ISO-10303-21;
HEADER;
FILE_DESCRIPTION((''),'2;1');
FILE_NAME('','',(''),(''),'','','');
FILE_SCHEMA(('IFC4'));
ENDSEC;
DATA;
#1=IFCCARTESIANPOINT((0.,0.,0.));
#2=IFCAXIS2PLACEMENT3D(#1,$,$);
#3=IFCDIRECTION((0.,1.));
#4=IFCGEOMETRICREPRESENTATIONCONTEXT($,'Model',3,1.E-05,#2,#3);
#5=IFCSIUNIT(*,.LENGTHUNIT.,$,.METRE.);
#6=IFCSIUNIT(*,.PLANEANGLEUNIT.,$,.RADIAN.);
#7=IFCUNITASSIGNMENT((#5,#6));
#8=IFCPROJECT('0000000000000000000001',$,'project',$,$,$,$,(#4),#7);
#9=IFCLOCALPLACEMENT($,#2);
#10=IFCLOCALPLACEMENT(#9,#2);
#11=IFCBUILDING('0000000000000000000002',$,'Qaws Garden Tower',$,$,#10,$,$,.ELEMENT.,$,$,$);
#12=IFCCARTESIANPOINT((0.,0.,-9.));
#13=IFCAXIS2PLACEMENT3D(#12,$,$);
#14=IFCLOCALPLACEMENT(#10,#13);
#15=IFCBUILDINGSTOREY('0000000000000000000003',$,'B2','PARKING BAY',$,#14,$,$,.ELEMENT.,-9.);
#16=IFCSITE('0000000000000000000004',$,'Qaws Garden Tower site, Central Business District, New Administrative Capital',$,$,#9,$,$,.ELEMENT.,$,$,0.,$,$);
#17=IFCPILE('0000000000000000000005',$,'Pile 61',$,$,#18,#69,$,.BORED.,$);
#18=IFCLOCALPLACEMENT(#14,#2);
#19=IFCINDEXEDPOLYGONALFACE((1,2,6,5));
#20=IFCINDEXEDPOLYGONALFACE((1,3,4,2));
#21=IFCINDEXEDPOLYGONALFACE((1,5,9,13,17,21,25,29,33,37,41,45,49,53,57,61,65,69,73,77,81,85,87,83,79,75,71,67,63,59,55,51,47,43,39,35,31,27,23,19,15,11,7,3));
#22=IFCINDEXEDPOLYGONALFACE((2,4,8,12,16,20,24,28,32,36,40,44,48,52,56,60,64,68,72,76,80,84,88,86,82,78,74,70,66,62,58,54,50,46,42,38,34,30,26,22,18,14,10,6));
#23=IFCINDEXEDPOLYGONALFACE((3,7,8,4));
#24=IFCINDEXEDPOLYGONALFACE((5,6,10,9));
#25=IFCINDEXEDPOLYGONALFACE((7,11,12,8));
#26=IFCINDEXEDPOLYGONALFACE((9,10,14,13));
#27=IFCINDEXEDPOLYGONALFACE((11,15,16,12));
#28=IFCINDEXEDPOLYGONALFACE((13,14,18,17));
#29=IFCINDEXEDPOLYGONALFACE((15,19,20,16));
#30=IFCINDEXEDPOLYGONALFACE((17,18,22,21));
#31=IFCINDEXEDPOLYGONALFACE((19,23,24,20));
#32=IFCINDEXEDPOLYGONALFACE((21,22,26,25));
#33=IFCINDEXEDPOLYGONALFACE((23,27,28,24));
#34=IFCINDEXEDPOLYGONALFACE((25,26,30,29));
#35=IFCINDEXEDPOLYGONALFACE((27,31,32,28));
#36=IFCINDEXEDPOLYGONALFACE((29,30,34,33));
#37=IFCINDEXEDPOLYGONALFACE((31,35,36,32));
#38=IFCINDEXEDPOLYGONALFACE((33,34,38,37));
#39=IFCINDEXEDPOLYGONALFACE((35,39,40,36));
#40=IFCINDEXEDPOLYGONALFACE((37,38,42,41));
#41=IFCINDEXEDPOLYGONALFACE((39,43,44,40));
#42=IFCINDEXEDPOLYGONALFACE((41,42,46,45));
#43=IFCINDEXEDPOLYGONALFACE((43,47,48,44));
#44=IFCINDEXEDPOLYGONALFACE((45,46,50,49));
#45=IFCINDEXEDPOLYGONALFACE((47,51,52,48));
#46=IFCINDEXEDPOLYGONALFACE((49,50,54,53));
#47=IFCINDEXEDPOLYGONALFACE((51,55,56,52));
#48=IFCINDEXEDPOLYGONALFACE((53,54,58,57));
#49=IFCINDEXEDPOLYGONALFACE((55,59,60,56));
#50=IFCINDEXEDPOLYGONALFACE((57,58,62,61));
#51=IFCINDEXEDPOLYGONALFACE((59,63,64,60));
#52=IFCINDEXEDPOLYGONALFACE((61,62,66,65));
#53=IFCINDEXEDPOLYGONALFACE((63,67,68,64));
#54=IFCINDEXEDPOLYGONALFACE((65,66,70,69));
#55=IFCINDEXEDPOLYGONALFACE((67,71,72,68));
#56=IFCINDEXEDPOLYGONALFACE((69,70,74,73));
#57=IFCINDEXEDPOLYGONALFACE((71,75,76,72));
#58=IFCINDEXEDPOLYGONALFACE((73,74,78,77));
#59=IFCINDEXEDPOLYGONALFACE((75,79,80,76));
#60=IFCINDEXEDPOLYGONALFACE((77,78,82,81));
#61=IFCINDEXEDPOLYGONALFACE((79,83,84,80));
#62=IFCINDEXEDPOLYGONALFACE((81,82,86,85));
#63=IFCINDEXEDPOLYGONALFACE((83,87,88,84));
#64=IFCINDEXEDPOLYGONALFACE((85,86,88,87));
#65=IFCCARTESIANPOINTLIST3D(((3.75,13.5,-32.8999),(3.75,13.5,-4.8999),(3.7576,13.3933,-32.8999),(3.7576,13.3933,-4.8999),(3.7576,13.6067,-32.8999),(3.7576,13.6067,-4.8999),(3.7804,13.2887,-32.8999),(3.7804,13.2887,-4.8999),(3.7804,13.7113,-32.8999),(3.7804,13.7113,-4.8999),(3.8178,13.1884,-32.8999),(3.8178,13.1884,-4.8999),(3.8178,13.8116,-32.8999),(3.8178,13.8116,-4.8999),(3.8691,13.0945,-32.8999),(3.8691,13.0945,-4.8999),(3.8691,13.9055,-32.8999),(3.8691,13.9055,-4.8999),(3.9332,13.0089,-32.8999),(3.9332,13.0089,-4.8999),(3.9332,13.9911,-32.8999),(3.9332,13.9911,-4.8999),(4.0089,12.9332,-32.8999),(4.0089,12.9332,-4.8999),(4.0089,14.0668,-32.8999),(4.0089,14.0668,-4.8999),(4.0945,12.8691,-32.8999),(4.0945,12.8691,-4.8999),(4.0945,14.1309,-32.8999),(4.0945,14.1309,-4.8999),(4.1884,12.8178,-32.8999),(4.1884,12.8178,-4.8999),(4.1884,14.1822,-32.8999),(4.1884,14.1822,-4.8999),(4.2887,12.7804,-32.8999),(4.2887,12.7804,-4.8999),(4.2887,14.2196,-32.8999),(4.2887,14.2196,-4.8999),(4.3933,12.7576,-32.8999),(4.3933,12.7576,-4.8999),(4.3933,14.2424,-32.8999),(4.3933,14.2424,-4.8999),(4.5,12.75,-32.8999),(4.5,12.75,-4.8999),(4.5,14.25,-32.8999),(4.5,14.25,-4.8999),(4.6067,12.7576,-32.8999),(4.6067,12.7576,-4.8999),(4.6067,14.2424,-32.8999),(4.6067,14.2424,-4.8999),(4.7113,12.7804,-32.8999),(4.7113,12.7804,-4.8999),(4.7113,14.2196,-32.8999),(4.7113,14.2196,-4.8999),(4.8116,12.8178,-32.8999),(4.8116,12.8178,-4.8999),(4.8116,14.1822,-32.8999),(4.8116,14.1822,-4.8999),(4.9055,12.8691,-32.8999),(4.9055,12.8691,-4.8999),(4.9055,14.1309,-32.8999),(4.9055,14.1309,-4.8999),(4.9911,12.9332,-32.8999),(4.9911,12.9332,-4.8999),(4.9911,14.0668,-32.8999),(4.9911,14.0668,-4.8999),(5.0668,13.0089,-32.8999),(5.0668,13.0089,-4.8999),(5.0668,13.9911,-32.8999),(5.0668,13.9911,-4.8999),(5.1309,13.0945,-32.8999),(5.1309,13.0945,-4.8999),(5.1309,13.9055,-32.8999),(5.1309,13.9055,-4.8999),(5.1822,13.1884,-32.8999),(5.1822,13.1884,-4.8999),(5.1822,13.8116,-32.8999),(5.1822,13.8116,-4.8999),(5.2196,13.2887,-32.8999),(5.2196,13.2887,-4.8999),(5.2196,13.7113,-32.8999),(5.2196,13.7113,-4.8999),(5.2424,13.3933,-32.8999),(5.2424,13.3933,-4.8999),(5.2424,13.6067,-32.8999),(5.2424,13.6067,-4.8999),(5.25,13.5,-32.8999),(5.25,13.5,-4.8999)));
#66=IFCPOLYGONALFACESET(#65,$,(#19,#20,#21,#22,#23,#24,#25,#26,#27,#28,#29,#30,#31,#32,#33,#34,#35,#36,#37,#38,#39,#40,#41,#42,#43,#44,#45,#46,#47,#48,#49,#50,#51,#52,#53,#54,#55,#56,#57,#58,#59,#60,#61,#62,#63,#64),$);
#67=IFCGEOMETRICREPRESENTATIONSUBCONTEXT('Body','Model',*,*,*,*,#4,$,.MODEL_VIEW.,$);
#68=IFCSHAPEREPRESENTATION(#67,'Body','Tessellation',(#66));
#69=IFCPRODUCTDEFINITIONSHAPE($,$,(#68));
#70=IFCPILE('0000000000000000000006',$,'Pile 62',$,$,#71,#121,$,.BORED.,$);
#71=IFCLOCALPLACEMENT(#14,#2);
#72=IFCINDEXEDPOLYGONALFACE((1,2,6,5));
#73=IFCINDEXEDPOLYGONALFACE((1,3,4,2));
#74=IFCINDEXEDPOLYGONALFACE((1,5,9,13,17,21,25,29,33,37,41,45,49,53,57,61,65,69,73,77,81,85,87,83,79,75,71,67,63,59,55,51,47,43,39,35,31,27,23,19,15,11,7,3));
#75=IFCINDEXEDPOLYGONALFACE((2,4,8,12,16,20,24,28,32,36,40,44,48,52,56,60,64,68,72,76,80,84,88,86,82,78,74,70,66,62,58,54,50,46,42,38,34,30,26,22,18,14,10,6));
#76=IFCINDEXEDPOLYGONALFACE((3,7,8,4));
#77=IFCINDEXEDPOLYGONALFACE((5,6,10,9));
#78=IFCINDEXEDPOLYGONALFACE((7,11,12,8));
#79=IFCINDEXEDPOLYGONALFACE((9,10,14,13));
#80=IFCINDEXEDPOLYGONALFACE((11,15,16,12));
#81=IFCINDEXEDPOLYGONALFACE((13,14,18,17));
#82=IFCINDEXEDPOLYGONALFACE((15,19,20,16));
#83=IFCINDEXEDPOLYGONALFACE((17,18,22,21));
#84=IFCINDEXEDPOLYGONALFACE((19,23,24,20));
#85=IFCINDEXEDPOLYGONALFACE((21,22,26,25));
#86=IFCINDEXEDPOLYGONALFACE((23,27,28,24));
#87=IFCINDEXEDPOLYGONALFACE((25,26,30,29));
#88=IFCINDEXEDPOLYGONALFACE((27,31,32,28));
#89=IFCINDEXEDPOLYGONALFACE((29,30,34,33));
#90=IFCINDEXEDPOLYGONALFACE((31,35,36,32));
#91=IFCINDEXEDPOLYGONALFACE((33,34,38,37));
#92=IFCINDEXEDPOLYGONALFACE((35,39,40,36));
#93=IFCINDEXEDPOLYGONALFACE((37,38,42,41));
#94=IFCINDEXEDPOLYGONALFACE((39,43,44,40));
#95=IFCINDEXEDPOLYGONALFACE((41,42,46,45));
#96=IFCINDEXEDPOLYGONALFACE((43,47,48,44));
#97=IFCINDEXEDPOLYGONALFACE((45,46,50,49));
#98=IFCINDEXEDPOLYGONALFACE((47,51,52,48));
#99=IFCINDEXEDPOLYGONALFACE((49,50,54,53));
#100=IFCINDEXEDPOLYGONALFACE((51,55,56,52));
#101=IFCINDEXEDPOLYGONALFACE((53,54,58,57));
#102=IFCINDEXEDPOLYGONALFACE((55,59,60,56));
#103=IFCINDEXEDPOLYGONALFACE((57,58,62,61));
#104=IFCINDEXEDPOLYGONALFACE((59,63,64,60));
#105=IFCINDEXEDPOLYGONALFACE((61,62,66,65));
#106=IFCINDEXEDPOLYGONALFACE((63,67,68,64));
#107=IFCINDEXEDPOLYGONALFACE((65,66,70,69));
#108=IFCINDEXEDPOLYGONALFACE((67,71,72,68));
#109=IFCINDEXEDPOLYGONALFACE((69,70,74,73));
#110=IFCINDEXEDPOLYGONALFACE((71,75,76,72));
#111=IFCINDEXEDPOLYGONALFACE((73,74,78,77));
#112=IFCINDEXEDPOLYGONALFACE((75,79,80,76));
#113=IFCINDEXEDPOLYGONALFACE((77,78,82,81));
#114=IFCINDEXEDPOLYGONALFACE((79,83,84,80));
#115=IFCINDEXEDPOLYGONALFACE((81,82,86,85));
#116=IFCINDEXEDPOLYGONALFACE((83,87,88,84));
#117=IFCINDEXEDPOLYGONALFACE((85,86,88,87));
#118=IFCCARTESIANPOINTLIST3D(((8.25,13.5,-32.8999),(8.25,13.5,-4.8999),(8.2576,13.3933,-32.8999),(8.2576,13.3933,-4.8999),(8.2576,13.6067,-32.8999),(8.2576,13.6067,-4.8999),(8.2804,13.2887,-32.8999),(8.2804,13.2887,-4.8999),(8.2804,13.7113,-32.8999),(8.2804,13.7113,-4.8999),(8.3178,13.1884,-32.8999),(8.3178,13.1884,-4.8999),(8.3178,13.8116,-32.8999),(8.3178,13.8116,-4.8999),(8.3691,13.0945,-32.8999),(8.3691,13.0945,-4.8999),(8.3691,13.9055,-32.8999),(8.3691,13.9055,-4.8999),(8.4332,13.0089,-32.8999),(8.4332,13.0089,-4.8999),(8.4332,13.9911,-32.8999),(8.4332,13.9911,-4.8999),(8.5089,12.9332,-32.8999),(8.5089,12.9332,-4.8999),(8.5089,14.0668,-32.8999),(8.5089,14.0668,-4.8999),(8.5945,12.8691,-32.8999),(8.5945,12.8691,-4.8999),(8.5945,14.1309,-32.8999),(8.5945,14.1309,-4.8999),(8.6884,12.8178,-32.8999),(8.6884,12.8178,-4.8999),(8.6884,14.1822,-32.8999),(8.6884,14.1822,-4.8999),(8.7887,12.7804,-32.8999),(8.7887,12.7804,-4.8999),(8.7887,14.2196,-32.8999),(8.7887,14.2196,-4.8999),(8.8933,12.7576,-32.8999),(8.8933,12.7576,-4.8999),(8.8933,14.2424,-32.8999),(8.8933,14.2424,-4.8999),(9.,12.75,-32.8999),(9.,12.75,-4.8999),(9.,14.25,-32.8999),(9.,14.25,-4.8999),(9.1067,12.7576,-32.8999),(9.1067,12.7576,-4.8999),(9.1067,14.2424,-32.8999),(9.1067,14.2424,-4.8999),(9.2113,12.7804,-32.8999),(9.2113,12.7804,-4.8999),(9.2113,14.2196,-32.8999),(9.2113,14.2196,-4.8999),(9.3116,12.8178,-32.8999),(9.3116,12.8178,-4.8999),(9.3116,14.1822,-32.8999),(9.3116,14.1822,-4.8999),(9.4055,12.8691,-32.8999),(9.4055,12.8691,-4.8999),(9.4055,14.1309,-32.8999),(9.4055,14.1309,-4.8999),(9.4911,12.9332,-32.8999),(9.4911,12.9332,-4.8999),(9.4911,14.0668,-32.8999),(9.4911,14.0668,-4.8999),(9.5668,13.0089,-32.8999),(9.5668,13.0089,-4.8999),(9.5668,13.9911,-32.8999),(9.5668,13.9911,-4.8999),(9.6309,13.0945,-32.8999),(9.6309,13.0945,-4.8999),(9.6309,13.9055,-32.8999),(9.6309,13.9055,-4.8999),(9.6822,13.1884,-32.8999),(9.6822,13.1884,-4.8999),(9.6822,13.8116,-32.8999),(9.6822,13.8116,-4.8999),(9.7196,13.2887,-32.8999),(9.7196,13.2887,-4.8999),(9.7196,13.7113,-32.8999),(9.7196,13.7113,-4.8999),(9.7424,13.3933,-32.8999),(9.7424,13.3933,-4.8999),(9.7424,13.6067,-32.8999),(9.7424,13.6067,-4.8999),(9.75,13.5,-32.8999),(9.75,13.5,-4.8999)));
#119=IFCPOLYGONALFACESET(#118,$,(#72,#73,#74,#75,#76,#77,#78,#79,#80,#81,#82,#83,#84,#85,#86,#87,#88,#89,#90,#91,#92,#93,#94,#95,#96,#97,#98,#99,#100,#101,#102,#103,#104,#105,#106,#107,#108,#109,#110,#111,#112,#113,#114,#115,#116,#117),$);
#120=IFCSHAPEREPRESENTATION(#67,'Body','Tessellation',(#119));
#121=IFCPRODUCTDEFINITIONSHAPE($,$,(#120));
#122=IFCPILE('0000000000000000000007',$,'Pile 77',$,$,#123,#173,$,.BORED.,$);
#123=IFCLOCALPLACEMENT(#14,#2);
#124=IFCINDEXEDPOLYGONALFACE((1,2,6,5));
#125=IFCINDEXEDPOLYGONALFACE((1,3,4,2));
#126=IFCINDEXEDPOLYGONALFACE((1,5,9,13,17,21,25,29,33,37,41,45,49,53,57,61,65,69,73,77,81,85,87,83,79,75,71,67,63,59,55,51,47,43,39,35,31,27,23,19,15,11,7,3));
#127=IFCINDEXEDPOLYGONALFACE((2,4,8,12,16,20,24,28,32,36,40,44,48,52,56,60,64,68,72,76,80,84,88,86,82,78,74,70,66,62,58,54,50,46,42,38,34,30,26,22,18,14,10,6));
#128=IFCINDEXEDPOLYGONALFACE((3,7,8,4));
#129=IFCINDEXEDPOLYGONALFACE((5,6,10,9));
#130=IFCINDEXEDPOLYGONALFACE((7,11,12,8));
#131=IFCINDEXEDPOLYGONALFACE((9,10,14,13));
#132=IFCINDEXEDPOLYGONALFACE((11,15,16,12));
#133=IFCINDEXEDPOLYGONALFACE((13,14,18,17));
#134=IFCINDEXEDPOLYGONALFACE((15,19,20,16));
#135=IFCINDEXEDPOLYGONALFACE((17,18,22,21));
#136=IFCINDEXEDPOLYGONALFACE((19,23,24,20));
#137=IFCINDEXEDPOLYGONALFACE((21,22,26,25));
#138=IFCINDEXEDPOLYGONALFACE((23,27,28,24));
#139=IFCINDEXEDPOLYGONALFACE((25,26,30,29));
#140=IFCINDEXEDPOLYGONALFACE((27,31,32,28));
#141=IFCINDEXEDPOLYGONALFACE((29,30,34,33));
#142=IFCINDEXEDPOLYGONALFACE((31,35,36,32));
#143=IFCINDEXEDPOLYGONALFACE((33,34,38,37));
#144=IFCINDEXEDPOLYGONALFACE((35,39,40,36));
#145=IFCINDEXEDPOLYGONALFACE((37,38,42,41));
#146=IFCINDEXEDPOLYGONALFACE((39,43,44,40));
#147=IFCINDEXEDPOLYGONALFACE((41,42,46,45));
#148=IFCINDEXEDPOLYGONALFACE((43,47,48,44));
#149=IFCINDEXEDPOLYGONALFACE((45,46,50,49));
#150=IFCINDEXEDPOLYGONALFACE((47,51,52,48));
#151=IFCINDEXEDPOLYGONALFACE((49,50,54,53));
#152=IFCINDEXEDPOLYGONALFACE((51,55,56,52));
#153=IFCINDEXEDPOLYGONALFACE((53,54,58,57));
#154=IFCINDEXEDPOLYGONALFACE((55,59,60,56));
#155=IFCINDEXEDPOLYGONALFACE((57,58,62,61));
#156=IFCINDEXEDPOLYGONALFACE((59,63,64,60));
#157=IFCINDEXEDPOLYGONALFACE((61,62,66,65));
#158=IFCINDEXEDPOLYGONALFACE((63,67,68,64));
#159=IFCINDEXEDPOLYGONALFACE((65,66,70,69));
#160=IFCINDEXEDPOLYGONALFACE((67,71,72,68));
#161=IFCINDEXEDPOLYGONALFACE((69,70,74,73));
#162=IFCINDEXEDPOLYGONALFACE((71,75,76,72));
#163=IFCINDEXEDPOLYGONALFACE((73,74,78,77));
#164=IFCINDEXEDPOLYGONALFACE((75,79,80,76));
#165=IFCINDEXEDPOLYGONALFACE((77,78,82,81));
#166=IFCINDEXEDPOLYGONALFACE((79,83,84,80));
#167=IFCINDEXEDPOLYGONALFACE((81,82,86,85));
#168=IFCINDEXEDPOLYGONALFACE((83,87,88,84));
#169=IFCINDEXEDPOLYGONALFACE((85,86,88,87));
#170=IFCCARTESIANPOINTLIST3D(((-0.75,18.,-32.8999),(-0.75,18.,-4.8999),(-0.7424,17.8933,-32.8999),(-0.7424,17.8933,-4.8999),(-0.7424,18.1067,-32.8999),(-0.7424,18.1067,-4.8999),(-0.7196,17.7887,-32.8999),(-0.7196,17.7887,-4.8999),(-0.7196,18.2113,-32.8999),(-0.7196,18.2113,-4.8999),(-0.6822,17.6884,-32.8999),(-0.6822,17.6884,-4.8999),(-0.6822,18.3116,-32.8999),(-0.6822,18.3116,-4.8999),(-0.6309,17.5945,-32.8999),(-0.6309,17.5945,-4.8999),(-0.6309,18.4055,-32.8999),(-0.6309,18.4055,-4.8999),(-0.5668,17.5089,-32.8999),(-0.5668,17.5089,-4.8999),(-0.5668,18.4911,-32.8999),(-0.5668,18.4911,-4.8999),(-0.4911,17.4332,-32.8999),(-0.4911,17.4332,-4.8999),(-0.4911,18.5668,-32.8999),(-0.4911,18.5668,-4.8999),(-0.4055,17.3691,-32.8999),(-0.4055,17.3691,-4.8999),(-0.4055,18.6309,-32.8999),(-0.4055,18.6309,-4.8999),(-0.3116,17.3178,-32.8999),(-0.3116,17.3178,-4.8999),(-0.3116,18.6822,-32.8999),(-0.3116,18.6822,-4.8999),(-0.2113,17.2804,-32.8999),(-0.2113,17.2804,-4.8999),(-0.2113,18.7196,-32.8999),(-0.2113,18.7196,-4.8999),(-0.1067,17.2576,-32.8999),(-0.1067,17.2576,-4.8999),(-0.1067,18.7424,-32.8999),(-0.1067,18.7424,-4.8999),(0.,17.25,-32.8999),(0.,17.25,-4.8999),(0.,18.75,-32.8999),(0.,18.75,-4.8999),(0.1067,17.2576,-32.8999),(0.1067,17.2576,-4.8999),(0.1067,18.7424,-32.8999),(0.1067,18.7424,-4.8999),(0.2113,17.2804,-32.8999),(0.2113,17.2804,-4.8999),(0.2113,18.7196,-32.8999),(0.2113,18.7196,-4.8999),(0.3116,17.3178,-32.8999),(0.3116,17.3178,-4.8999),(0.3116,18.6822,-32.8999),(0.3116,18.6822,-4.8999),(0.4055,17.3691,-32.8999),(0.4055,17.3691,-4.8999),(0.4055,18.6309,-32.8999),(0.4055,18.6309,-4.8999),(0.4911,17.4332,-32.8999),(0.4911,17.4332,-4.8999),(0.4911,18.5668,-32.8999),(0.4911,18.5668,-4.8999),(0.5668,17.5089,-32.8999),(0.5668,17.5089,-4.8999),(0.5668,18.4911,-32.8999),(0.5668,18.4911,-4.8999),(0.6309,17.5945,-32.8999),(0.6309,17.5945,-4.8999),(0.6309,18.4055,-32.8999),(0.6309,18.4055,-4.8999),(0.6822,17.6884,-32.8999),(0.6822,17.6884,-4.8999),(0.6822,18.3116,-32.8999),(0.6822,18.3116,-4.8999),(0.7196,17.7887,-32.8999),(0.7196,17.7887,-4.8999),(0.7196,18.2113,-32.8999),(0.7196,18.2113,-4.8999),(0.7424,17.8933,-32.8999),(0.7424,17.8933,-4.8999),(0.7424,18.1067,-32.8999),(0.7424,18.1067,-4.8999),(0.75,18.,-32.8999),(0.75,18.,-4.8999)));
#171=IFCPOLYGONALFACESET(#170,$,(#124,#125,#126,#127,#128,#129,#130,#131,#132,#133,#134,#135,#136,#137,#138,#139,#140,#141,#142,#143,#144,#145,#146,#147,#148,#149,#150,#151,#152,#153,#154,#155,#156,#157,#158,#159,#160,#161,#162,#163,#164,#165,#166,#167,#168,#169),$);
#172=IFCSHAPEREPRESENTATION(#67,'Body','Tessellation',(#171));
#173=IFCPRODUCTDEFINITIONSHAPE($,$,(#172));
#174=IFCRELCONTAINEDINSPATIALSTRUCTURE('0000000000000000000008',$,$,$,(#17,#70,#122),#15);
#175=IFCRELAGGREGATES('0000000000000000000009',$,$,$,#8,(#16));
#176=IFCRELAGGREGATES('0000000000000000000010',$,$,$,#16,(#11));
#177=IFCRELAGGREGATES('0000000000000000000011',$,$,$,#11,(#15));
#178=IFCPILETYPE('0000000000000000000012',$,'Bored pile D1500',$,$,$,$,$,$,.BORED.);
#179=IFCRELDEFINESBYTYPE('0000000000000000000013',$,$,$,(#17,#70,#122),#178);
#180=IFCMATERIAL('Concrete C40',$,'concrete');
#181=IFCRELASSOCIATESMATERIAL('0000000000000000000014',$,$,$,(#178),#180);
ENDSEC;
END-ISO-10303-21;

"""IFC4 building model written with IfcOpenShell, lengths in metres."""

from ifc_helpers import new_model, si_unit, direction, frame, origin, origin_2d, place, context, subcontext, project, spatial, circle, extrude, material, material_profile, profile_set, type_object, element, save


model = new_model("IFC4")

# Units and contexts
model_context = context("Model", 3, precision=1e-05, world=origin(), true_north=direction((0.0, 1.0)))
body_context = subcontext(model_context, "Body", "Model", "MODEL_VIEW")
ifc_project = project(units=[si_unit("LENGTHUNIT", "METRE"), si_unit("PLANEANGLEUNIT", "RADIAN")], contexts=[model_context])

# Site, building, storey
site_placement = place(None, origin())
site = spatial("IfcSite", under=ifc_project, at=site_placement, Name="Qaws Garden Tower site, Central Business District, New Administrative Capital", CompositionType="ELEMENT", RefElevation=0.0)
building_placement = place(site_placement, origin())
building = spatial("IfcBuilding", under=site, at=building_placement, Name="Qaws Garden Tower", CompositionType="ELEMENT")
storey_placement = place(building_placement, frame((0.0, 0.0, -9.0)))
storey = spatial("IfcBuildingStorey", under=building, at=storey_placement, Name="B2", Description="PARKING BAY", CompositionType="ELEMENT", Elevation=-9.0)

# Piles
ifc_material_1 = material(Name="Concrete C40", Category="concrete")
ifc_material_profile_1 = material_profile(ifc_material_1, circle(Radius=0.75, at=origin_2d()), Name="Bored pile D1500")
ifc_profile_set_1 = profile_set([ifc_material_profile_1], Name="Concrete C40")
pile_type = type_object("IfcPileType", Name="Bored pile D1500", PredefinedType="BORED", material=ifc_profile_set_1)
for number, where, z_axis, x_axis, name in (
    (1, (4.5, 13.5, -4.8999), (0.0, 0.0, -1.0), (1.0, 0.0, 0.0), "Pile 61"),
    (2, (9.0, 13.5, -4.8999), (0.0, 0.0, -1.0), (1.0, 0.0, 0.0), "Pile 62"),
    (3, (0.0, 18.0, -4.8999), (0.0, 0.0, -1.0), (1.0, 0.0, 0.0), "Pile 77"),
):
    element("IfcPile", number, at=place(storey_placement, frame(where, z_axis=z_axis, x_axis=x_axis)), inside=storey, type_object=pile_type, Name=name, PredefinedType="BORED", context=body_context, shape_type="SweptSolid", body=[
        extrude(circle(Radius=0.75, at=origin_2d()), origin(), (0.0, 0.0, 1.0), 28.0),
    ])

save(model, "model.ifc")
